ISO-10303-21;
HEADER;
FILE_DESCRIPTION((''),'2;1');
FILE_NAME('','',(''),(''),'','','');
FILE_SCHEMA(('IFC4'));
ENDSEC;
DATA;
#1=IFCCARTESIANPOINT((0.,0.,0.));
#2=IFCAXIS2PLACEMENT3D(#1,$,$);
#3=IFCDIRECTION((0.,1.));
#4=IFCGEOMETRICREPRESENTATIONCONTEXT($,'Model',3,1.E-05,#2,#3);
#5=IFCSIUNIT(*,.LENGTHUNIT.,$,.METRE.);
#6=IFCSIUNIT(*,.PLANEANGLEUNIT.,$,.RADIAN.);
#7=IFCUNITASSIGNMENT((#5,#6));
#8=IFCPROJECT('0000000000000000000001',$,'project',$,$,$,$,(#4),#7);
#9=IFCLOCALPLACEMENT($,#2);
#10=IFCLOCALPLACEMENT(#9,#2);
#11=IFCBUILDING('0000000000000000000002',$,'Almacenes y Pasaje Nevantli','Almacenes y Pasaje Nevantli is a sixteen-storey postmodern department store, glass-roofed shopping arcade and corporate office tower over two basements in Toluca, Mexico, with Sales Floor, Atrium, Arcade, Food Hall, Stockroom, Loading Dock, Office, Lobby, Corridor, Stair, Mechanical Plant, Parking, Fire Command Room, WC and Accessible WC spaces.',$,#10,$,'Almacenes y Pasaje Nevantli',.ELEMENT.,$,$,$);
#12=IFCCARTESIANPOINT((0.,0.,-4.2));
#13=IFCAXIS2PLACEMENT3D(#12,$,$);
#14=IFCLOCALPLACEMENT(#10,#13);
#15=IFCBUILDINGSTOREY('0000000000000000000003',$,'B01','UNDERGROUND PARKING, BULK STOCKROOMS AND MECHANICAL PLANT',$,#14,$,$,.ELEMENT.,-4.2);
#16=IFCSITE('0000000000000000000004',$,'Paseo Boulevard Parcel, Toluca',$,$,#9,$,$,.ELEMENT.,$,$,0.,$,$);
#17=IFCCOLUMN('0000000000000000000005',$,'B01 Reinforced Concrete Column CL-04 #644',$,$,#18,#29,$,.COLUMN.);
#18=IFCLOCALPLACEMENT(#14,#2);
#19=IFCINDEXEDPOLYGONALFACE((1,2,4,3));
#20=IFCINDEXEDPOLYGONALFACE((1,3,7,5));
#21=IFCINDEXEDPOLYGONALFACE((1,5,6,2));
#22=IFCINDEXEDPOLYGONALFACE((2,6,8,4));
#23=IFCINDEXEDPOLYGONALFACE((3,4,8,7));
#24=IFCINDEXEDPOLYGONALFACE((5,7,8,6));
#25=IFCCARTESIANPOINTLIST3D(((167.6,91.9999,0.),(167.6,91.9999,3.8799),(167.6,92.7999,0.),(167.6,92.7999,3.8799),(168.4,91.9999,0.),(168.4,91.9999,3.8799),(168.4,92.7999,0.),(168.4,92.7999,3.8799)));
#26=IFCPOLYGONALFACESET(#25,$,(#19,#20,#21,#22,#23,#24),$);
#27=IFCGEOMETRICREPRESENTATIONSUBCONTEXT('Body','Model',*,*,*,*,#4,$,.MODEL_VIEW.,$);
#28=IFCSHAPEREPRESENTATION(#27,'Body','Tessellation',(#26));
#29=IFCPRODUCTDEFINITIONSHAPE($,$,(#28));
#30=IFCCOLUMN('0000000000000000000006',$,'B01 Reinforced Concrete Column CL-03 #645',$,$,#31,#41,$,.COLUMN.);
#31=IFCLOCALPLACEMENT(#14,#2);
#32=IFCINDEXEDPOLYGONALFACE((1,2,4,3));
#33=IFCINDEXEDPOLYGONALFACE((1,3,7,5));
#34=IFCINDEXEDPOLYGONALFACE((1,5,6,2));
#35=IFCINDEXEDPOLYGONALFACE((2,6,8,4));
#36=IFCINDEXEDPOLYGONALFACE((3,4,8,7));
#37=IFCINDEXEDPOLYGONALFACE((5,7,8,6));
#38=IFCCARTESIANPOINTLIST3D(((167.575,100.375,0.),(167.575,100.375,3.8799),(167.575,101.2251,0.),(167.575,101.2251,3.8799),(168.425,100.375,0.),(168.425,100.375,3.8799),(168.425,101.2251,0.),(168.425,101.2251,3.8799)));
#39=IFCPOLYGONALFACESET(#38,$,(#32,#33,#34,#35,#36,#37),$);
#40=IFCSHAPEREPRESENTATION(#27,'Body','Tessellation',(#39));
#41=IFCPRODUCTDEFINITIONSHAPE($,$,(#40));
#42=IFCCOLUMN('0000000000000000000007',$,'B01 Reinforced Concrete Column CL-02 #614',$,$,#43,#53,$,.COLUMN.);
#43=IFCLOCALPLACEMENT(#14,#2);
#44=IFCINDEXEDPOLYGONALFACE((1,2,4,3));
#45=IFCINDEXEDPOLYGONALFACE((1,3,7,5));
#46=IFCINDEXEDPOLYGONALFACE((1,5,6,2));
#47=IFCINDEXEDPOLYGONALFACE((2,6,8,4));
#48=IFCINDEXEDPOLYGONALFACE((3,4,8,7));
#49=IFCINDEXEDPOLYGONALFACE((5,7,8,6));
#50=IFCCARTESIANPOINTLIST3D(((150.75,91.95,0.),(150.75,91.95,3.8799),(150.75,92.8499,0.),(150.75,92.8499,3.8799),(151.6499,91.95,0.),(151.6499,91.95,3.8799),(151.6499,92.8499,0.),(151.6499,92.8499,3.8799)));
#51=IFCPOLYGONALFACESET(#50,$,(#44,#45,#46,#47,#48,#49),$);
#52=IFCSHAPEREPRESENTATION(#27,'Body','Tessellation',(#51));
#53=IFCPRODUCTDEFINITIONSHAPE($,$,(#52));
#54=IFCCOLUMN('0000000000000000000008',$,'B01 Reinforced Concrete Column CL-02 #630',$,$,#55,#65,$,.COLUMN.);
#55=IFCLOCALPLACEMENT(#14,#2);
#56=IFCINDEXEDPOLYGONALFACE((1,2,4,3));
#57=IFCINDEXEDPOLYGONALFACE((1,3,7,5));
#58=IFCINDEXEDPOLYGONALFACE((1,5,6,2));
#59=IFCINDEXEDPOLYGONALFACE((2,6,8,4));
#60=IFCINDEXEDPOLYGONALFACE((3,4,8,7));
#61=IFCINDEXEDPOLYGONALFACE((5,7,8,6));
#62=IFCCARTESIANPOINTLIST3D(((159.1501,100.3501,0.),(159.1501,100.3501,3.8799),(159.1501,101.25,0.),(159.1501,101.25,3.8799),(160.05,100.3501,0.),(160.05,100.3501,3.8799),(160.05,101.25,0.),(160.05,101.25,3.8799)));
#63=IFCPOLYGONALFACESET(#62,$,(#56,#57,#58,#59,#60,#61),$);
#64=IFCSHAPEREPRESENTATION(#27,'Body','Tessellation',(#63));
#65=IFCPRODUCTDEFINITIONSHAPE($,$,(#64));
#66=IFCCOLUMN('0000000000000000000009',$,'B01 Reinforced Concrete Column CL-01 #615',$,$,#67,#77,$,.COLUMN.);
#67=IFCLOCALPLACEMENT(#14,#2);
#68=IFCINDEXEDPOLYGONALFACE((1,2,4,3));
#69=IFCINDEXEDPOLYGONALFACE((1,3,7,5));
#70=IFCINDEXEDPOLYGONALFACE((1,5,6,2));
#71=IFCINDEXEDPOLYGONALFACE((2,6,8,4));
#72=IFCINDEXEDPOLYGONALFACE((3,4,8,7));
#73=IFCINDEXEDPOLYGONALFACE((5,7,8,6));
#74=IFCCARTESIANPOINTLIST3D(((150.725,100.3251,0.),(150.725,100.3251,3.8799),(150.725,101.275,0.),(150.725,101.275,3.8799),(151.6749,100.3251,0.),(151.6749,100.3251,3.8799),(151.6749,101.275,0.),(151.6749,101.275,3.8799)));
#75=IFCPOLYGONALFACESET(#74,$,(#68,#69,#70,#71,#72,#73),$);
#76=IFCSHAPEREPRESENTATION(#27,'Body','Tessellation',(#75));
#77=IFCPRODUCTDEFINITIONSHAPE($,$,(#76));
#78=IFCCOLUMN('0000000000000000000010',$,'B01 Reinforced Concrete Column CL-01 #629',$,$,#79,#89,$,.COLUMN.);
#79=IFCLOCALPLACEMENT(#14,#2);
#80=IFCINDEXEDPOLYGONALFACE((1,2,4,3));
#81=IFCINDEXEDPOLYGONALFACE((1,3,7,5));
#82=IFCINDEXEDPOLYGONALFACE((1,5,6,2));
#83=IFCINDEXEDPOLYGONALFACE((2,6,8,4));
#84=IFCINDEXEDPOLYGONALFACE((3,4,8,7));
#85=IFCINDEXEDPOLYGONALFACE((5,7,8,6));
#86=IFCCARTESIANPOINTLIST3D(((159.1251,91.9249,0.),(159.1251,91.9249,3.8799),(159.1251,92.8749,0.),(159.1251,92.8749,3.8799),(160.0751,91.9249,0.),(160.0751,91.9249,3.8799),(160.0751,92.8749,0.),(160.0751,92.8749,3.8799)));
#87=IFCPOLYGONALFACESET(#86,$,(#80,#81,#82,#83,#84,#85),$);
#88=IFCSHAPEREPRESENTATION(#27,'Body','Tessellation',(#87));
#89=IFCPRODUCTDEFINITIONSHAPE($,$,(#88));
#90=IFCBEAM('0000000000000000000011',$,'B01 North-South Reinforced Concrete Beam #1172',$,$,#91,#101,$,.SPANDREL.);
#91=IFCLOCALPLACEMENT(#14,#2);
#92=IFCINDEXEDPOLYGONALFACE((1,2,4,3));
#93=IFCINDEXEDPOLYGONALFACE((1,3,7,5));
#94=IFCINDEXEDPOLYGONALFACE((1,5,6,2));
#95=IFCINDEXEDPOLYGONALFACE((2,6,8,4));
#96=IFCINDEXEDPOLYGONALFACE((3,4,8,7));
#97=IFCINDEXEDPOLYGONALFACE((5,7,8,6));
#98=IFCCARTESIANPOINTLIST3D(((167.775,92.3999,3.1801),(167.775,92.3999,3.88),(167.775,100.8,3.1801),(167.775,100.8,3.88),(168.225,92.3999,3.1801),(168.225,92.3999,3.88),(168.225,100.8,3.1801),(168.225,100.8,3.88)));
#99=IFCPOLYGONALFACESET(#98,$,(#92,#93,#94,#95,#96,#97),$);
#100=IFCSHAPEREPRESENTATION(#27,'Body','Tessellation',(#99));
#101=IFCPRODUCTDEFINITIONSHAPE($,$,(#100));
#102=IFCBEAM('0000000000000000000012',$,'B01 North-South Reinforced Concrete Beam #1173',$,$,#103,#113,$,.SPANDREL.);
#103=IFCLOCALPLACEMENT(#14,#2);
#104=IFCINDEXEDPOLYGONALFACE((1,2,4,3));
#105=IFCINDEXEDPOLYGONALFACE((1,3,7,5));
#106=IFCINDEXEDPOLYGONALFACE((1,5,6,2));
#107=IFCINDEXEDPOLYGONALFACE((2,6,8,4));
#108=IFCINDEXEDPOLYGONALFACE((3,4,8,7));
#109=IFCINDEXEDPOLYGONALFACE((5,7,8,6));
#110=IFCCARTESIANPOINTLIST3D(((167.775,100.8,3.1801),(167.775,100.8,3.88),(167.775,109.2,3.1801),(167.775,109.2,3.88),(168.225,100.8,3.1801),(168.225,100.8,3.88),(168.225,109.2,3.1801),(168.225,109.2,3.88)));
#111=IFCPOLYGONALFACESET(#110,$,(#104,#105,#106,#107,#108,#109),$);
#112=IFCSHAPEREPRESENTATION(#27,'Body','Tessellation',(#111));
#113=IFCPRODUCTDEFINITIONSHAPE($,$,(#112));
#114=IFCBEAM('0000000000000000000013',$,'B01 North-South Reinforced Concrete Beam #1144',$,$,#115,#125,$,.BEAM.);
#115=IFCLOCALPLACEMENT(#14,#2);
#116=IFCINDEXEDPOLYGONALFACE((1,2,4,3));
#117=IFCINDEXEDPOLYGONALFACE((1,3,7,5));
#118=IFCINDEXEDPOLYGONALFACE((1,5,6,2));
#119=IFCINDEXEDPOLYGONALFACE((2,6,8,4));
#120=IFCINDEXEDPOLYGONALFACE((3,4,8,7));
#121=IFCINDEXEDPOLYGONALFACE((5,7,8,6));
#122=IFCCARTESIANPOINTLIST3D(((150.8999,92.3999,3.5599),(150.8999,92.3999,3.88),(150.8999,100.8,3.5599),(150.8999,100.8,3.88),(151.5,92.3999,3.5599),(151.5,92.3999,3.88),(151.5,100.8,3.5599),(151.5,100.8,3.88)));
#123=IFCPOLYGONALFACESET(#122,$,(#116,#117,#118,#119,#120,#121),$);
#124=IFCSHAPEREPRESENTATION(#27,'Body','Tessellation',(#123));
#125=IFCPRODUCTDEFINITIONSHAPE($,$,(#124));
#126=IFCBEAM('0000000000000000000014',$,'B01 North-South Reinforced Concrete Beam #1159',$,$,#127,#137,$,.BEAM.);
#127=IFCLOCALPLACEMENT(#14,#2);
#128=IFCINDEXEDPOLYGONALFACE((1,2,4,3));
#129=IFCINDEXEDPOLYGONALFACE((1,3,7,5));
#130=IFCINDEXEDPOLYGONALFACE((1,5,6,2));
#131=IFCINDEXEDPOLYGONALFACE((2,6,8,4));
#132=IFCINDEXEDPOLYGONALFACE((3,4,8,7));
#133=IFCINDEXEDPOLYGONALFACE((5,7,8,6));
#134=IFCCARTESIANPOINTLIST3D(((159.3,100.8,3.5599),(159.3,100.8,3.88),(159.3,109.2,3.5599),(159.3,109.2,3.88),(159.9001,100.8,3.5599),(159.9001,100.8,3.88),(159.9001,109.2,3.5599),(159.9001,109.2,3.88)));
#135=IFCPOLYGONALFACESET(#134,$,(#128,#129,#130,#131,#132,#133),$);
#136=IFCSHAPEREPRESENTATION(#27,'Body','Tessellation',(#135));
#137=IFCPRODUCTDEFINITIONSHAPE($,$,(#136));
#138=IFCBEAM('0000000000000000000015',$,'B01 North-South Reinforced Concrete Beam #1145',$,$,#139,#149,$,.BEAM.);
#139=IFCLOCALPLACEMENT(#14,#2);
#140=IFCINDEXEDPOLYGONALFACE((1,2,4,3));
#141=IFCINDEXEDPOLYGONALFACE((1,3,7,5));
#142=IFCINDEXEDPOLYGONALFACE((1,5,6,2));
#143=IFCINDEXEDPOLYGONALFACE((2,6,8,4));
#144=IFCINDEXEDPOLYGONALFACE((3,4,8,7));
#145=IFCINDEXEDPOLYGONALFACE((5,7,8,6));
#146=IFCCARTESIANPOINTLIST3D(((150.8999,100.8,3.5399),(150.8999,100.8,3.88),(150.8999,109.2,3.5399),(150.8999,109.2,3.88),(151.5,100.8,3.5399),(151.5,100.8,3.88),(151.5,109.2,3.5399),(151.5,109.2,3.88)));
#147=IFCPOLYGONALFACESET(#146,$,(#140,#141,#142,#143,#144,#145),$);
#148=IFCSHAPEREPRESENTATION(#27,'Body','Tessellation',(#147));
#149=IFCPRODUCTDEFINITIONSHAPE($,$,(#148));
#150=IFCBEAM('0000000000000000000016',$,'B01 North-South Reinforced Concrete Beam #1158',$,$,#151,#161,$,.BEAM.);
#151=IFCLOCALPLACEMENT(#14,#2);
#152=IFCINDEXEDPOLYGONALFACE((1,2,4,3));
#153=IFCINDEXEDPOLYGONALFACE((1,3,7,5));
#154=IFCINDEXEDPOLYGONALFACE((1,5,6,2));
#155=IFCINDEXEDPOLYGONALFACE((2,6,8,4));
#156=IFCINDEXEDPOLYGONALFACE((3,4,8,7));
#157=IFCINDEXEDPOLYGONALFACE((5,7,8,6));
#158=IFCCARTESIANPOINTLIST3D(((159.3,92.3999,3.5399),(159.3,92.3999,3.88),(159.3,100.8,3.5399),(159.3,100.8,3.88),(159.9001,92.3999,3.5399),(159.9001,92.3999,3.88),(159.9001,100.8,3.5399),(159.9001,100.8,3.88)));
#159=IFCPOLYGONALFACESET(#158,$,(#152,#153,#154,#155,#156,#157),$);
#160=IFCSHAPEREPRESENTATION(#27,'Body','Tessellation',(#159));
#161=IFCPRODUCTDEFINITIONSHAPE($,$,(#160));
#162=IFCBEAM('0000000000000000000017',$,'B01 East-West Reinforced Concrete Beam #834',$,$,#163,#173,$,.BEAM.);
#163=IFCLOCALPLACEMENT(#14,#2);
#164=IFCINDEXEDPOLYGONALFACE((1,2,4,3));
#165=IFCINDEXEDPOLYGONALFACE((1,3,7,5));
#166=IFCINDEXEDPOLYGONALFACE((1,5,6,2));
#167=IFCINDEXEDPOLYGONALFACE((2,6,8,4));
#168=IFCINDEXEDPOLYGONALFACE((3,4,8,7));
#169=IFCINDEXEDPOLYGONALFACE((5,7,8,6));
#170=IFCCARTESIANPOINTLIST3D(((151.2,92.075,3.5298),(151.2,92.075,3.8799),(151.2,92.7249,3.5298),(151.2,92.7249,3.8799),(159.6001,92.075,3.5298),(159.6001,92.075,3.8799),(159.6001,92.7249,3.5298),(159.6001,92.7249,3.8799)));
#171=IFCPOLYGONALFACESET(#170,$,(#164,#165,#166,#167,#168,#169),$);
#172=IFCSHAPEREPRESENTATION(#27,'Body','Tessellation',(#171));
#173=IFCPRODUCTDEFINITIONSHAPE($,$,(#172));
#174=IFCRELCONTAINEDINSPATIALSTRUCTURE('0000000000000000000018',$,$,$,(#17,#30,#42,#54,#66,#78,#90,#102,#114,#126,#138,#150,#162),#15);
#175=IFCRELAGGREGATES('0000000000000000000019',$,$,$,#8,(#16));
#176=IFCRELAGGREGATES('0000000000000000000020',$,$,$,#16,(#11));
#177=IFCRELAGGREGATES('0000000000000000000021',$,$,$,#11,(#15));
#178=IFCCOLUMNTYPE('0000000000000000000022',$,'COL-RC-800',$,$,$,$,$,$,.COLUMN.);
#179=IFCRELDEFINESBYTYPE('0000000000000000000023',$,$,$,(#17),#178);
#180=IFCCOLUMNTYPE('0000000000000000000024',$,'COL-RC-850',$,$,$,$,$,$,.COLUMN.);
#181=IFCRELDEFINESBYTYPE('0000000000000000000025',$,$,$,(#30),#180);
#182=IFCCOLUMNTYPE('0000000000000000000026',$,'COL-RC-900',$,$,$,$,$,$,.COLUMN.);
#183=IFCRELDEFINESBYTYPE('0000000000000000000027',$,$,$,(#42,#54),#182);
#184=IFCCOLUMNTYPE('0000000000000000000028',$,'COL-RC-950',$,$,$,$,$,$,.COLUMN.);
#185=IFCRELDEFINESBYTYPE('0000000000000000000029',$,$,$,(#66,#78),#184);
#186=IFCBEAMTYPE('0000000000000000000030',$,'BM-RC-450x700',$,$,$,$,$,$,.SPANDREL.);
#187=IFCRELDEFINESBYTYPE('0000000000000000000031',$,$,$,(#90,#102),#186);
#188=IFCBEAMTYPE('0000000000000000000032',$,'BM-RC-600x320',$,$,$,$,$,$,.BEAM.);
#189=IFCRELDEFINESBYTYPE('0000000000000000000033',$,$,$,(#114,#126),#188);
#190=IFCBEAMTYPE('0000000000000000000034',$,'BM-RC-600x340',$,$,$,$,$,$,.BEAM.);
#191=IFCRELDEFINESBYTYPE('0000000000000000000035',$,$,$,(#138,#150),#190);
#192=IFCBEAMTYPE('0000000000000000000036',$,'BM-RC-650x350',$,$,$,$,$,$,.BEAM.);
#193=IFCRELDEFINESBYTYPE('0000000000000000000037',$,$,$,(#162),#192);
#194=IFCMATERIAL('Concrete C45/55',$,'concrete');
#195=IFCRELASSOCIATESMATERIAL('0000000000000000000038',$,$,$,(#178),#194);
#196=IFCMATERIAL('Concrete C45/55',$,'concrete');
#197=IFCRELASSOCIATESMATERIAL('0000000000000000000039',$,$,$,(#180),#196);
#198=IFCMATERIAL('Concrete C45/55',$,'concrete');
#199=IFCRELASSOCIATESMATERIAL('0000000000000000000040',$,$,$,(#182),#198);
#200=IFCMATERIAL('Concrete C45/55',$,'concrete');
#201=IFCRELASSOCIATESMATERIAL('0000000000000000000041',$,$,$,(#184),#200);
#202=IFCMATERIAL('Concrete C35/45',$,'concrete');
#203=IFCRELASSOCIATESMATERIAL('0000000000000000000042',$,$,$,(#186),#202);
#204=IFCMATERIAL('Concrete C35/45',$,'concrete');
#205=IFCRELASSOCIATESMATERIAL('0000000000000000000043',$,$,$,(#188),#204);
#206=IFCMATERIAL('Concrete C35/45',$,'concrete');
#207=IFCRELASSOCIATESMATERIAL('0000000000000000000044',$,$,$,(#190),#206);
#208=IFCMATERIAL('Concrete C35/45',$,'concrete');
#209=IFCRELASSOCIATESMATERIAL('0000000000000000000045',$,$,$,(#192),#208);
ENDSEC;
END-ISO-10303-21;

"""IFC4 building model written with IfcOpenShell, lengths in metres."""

from ifc_helpers import new_model, si_unit, direction, frame, origin, origin_2d, place, context, subcontext, project, spatial, rectangle, extrude, material, material_profile, profile_set, type_object, element, save


model = new_model("IFC4")

# Units and contexts
model_context = context("Model", 3, precision=1e-05, world=origin(), true_north=direction((0.0, 1.0)))
body_context = subcontext(model_context, "Body", "Model", "MODEL_VIEW")
ifc_project = project(units=[si_unit("LENGTHUNIT", "METRE"), si_unit("PLANEANGLEUNIT", "RADIAN")], contexts=[model_context])

# Site, building, storey
site_placement = place(None, origin())
site = spatial("IfcSite", under=ifc_project, at=site_placement, Name="Paseo Boulevard Parcel, Toluca", CompositionType="ELEMENT", RefElevation=0.0)
building_placement = place(site_placement, origin())
building = spatial("IfcBuilding", under=site, at=building_placement, Name="Almacenes y Pasaje Nevantli", Description="Almacenes y Pasaje Nevantli is a sixteen-storey postmodern department store, glass-roofed shopping arcade and corporate office tower over two basements in Toluca, Mexico, with Sales Floor, Atrium, Arcade, Food Hall, Stockroom, Loading Dock, Office, Lobby, Corridor, Stair, Mechanical Plant, Parking, Fire Command Room, WC and Accessible WC spaces.", LongName="Almacenes y Pasaje Nevantli", CompositionType="ELEMENT")
storey_placement = place(building_placement, frame((0.0, 0.0, -4.2)))
storey = spatial("IfcBuildingStorey", under=building, at=storey_placement, Name="B01", Description="UNDERGROUND PARKING, BULK STOCKROOMS AND MECHANICAL PLANT", CompositionType="ELEMENT", Elevation=-4.2)

# Columns
ifc_material_1 = material(Name="Concrete C45/55", Category="concrete")
ifc_material_profile_1 = material_profile(ifc_material_1, rectangle(XDim=0.8, YDim=0.8, at=origin_2d()), Name="RC-COL-800x800")
ifc_profile_set_1 = profile_set([ifc_material_profile_1], Name="Concrete C45/55")
column_type_1 = type_object("IfcColumnType", Name="COL-RC-800", PredefinedType="COLUMN", material=ifc_profile_set_1)
column_1_placement = place(storey_placement, frame((168.0, 92.3999, 0.0), z_axis=(0.0, 0.0, 1.0), x_axis=(1.0, 0.0, 0.0)))
element("IfcColumn", 1, at=column_1_placement, inside=storey, type_object=column_type_1, Name="B01 Reinforced Concrete Column CL-04 #644", PredefinedType="COLUMN", context=body_context, shape_type="SweptSolid", body=[
    extrude(rectangle(XDim=0.8, YDim=0.8, at=origin_2d()), origin(), (0.0, 0.0, 1.0), 3.8799),
])
ifc_material_2 = material(Name="Concrete C45/55", Category="concrete")
ifc_material_profile_2 = material_profile(ifc_material_2, rectangle(XDim=0.8501, YDim=0.8501, at=origin_2d()), Name="RC-COL-850x850")
ifc_profile_set_2 = profile_set([ifc_material_profile_2], Name="Concrete C45/55")
column_type_2 = type_object("IfcColumnType", Name="COL-RC-850", PredefinedType="COLUMN", material=ifc_profile_set_2)
column_2_placement = place(storey_placement, frame((168.0, 100.8, 0.0), z_axis=(0.0, 0.0, 1.0), x_axis=(1.0, 0.0, 0.0)))
element("IfcColumn", 2, at=column_2_placement, inside=storey, type_object=column_type_2, Name="B01 Reinforced Concrete Column CL-03 #645", PredefinedType="COLUMN", context=body_context, shape_type="SweptSolid", body=[
    extrude(rectangle(XDim=0.8501, YDim=0.8501, at=origin_2d()), origin(), (0.0, 0.0, 1.0), 3.8799),
])
ifc_material_3 = material(Name="Concrete C45/55", Category="concrete")
ifc_material_profile_3 = material_profile(ifc_material_3, rectangle(XDim=0.8999, YDim=0.8999, at=origin_2d()), Name="RC-COL-900x900")
ifc_profile_set_3 = profile_set([ifc_material_profile_3], Name="Concrete C45/55")
column_type_3 = type_object("IfcColumnType", Name="COL-RC-900", PredefinedType="COLUMN", material=ifc_profile_set_3)
for number, where, z_axis, x_axis, name in (
    (3, (151.2, 92.3999, 0.0), (0.0, 0.0, 1.0), (1.0, 0.0, 0.0), "B01 Reinforced Concrete Column CL-02 #614"),
    (4, (159.6001, 100.8, 0.0), (0.0, 0.0, 1.0), (1.0, 0.0, 0.0), "B01 Reinforced Concrete Column CL-02 #630"),
):
    element("IfcColumn", number, at=place(storey_placement, frame(where, z_axis=z_axis, x_axis=x_axis)), inside=storey, type_object=column_type_3, Name=name, PredefinedType="COLUMN", context=body_context, shape_type="SweptSolid", body=[
        extrude(rectangle(XDim=0.8999, YDim=0.8999, at=origin_2d()), origin(), (0.0, 0.0, 1.0), 3.8799),
    ])
ifc_material_4 = material(Name="Concrete C45/55", Category="concrete")
ifc_material_profile_4 = material_profile(ifc_material_4, rectangle(XDim=0.95, YDim=0.95, at=origin_2d()), Name="RC-COL-950x950")
ifc_profile_set_4 = profile_set([ifc_material_profile_4], Name="Concrete C45/55")
column_type_4 = type_object("IfcColumnType", Name="COL-RC-950", PredefinedType="COLUMN", material=ifc_profile_set_4)
for number, where, z_axis, x_axis, name in (
    (5, (151.2, 100.8, 0.0), (0.0, 0.0, 1.0), (1.0, 0.0, 0.0), "B01 Reinforced Concrete Column CL-01 #615"),
    (6, (159.6001, 92.3999, 0.0), (0.0, 0.0, 1.0), (1.0, 0.0, 0.0), "B01 Reinforced Concrete Column CL-01 #629"),
):
    element("IfcColumn", number, at=place(storey_placement, frame(where, z_axis=z_axis, x_axis=x_axis)), inside=storey, type_object=column_type_4, Name=name, PredefinedType="COLUMN", context=body_context, shape_type="SweptSolid", body=[
        extrude(rectangle(XDim=0.95, YDim=0.95, at=origin_2d()), origin(), (0.0, 0.0, 1.0), 3.8799),
    ])

# Beams
ifc_material_5 = material(Name="Concrete C35/45", Category="concrete")
ifc_material_profile_5 = material_profile(ifc_material_5, rectangle(XDim=0.45, YDim=0.7, at=origin_2d()), Name="RC-BM-450x700")
ifc_profile_set_5 = profile_set([ifc_material_profile_5], Name="Concrete C35/45")
beam_type_1 = type_object("IfcBeamType", Name="BM-RC-450x700", PredefinedType="SPANDREL", material=ifc_profile_set_5)
beam_1_placement = place(storey_placement, frame((168.0, 92.3999, 3.53), z_axis=(0.0, 1.0, 0.0), x_axis=(-1.0, 0.0, 0.0)))
element("IfcBeam", 7, at=beam_1_placement, inside=storey, type_object=beam_type_1, Name="B01 North-South Reinforced Concrete Beam #1172", PredefinedType="SPANDREL", context=body_context, shape_type="SweptSolid", body=[
    extrude(rectangle(XDim=0.45, YDim=0.7, at=origin_2d()), origin(), (0.0, 0.0, 1.0), 8.4001),
])
beam_2_placement = place(storey_placement, frame((168.0, 100.8, 3.53), z_axis=(0.0, 1.0, 0.0), x_axis=(-1.0, 0.0, 0.0)))
element("IfcBeam", 8, at=beam_2_placement, inside=storey, type_object=beam_type_1, Name="B01 North-South Reinforced Concrete Beam #1173", PredefinedType="SPANDREL", context=body_context, shape_type="SweptSolid", body=[
    extrude(rectangle(XDim=0.45, YDim=0.7, at=origin_2d()), origin(), (0.0, 0.0, 1.0), 8.3999),
])
ifc_material_6 = material(Name="Concrete C35/45", Category="concrete")
ifc_material_profile_6 = material_profile(ifc_material_6, rectangle(XDim=0.6001, YDim=0.3201, at=origin_2d()), Name="RC-BM-600x320")
ifc_profile_set_6 = profile_set([ifc_material_profile_6], Name="Concrete C35/45")
beam_type_2 = type_object("IfcBeamType", Name="BM-RC-600x320", PredefinedType="BEAM", material=ifc_profile_set_6)
beam_3_placement = place(storey_placement, frame((151.2, 92.3999, 3.72), z_axis=(0.0, 1.0, 0.0), x_axis=(-1.0, 0.0, 0.0)))
element("IfcBeam", 9, at=beam_3_placement, inside=storey, type_object=beam_type_2, Name="B01 North-South Reinforced Concrete Beam #1144", PredefinedType="BEAM", context=body_context, shape_type="SweptSolid", body=[
    extrude(rectangle(XDim=0.6001, YDim=0.3201, at=origin_2d()), origin(), (0.0, 0.0, 1.0), 8.4001),
])
beam_4_placement = place(storey_placement, frame((159.6001, 100.8, 3.72), z_axis=(0.0, 1.0, 0.0), x_axis=(-1.0, 0.0, 0.0)))
element("IfcBeam", 10, at=beam_4_placement, inside=storey, type_object=beam_type_2, Name="B01 North-South Reinforced Concrete Beam #1159", PredefinedType="BEAM", context=body_context, shape_type="SweptSolid", body=[
    extrude(rectangle(XDim=0.6001, YDim=0.3201, at=origin_2d()), origin(), (0.0, 0.0, 1.0), 8.3999),
])
ifc_material_7 = material(Name="Concrete C35/45", Category="concrete")
ifc_material_profile_7 = material_profile(ifc_material_7, rectangle(XDim=0.6001, YDim=0.3401, at=origin_2d()), Name="RC-BM-600x340")
ifc_profile_set_7 = profile_set([ifc_material_profile_7], Name="Concrete C35/45")
beam_type_3 = type_object("IfcBeamType", Name="BM-RC-600x340", PredefinedType="BEAM", material=ifc_profile_set_7)
beam_5_placement = place(storey_placement, frame((151.2, 100.8, 3.71), z_axis=(0.0, 1.0, 0.0), x_axis=(-1.0, 0.0, 0.0)))
element("IfcBeam", 11, at=beam_5_placement, inside=storey, type_object=beam_type_3, Name="B01 North-South Reinforced Concrete Beam #1145", PredefinedType="BEAM", context=body_context, shape_type="SweptSolid", body=[
    extrude(rectangle(XDim=0.6001, YDim=0.3401, at=origin_2d()), origin(), (0.0, 0.0, 1.0), 8.3999),
])
beam_6_placement = place(storey_placement, frame((159.6001, 92.3999, 3.71), z_axis=(0.0, 1.0, 0.0), x_axis=(-1.0, 0.0, 0.0)))
element("IfcBeam", 12, at=beam_6_placement, inside=storey, type_object=beam_type_3, Name="B01 North-South Reinforced Concrete Beam #1158", PredefinedType="BEAM", context=body_context, shape_type="SweptSolid", body=[
    extrude(rectangle(XDim=0.6001, YDim=0.3401, at=origin_2d()), origin(), (0.0, 0.0, 1.0), 8.4001),
])
ifc_material_8 = material(Name="Concrete C35/45", Category="concrete")
ifc_material_profile_8 = material_profile(ifc_material_8, rectangle(XDim=0.6499, YDim=0.3501, at=origin_2d()), Name="RC-BM-650x350")
ifc_profile_set_8 = profile_set([ifc_material_profile_8], Name="Concrete C35/45")
beam_type_4 = type_object("IfcBeamType", Name="BM-RC-650x350", PredefinedType="BEAM", material=ifc_profile_set_8)
beam_7_placement = place(storey_placement, frame((151.2, 92.3999, 3.7048), z_axis=(1.0, 0.0, 0.0), x_axis=(0.0, 1.0, 0.0)))
element("IfcBeam", 13, at=beam_7_placement, inside=storey, type_object=beam_type_4, Name="B01 East-West Reinforced Concrete Beam #834", PredefinedType="BEAM", context=body_context, shape_type="SweptSolid", body=[
    extrude(rectangle(XDim=0.6499, YDim=0.3501, at=origin_2d()), origin(), (0.0, 0.0, 1.0), 8.4001),
])

save(model, "model.ifc")
